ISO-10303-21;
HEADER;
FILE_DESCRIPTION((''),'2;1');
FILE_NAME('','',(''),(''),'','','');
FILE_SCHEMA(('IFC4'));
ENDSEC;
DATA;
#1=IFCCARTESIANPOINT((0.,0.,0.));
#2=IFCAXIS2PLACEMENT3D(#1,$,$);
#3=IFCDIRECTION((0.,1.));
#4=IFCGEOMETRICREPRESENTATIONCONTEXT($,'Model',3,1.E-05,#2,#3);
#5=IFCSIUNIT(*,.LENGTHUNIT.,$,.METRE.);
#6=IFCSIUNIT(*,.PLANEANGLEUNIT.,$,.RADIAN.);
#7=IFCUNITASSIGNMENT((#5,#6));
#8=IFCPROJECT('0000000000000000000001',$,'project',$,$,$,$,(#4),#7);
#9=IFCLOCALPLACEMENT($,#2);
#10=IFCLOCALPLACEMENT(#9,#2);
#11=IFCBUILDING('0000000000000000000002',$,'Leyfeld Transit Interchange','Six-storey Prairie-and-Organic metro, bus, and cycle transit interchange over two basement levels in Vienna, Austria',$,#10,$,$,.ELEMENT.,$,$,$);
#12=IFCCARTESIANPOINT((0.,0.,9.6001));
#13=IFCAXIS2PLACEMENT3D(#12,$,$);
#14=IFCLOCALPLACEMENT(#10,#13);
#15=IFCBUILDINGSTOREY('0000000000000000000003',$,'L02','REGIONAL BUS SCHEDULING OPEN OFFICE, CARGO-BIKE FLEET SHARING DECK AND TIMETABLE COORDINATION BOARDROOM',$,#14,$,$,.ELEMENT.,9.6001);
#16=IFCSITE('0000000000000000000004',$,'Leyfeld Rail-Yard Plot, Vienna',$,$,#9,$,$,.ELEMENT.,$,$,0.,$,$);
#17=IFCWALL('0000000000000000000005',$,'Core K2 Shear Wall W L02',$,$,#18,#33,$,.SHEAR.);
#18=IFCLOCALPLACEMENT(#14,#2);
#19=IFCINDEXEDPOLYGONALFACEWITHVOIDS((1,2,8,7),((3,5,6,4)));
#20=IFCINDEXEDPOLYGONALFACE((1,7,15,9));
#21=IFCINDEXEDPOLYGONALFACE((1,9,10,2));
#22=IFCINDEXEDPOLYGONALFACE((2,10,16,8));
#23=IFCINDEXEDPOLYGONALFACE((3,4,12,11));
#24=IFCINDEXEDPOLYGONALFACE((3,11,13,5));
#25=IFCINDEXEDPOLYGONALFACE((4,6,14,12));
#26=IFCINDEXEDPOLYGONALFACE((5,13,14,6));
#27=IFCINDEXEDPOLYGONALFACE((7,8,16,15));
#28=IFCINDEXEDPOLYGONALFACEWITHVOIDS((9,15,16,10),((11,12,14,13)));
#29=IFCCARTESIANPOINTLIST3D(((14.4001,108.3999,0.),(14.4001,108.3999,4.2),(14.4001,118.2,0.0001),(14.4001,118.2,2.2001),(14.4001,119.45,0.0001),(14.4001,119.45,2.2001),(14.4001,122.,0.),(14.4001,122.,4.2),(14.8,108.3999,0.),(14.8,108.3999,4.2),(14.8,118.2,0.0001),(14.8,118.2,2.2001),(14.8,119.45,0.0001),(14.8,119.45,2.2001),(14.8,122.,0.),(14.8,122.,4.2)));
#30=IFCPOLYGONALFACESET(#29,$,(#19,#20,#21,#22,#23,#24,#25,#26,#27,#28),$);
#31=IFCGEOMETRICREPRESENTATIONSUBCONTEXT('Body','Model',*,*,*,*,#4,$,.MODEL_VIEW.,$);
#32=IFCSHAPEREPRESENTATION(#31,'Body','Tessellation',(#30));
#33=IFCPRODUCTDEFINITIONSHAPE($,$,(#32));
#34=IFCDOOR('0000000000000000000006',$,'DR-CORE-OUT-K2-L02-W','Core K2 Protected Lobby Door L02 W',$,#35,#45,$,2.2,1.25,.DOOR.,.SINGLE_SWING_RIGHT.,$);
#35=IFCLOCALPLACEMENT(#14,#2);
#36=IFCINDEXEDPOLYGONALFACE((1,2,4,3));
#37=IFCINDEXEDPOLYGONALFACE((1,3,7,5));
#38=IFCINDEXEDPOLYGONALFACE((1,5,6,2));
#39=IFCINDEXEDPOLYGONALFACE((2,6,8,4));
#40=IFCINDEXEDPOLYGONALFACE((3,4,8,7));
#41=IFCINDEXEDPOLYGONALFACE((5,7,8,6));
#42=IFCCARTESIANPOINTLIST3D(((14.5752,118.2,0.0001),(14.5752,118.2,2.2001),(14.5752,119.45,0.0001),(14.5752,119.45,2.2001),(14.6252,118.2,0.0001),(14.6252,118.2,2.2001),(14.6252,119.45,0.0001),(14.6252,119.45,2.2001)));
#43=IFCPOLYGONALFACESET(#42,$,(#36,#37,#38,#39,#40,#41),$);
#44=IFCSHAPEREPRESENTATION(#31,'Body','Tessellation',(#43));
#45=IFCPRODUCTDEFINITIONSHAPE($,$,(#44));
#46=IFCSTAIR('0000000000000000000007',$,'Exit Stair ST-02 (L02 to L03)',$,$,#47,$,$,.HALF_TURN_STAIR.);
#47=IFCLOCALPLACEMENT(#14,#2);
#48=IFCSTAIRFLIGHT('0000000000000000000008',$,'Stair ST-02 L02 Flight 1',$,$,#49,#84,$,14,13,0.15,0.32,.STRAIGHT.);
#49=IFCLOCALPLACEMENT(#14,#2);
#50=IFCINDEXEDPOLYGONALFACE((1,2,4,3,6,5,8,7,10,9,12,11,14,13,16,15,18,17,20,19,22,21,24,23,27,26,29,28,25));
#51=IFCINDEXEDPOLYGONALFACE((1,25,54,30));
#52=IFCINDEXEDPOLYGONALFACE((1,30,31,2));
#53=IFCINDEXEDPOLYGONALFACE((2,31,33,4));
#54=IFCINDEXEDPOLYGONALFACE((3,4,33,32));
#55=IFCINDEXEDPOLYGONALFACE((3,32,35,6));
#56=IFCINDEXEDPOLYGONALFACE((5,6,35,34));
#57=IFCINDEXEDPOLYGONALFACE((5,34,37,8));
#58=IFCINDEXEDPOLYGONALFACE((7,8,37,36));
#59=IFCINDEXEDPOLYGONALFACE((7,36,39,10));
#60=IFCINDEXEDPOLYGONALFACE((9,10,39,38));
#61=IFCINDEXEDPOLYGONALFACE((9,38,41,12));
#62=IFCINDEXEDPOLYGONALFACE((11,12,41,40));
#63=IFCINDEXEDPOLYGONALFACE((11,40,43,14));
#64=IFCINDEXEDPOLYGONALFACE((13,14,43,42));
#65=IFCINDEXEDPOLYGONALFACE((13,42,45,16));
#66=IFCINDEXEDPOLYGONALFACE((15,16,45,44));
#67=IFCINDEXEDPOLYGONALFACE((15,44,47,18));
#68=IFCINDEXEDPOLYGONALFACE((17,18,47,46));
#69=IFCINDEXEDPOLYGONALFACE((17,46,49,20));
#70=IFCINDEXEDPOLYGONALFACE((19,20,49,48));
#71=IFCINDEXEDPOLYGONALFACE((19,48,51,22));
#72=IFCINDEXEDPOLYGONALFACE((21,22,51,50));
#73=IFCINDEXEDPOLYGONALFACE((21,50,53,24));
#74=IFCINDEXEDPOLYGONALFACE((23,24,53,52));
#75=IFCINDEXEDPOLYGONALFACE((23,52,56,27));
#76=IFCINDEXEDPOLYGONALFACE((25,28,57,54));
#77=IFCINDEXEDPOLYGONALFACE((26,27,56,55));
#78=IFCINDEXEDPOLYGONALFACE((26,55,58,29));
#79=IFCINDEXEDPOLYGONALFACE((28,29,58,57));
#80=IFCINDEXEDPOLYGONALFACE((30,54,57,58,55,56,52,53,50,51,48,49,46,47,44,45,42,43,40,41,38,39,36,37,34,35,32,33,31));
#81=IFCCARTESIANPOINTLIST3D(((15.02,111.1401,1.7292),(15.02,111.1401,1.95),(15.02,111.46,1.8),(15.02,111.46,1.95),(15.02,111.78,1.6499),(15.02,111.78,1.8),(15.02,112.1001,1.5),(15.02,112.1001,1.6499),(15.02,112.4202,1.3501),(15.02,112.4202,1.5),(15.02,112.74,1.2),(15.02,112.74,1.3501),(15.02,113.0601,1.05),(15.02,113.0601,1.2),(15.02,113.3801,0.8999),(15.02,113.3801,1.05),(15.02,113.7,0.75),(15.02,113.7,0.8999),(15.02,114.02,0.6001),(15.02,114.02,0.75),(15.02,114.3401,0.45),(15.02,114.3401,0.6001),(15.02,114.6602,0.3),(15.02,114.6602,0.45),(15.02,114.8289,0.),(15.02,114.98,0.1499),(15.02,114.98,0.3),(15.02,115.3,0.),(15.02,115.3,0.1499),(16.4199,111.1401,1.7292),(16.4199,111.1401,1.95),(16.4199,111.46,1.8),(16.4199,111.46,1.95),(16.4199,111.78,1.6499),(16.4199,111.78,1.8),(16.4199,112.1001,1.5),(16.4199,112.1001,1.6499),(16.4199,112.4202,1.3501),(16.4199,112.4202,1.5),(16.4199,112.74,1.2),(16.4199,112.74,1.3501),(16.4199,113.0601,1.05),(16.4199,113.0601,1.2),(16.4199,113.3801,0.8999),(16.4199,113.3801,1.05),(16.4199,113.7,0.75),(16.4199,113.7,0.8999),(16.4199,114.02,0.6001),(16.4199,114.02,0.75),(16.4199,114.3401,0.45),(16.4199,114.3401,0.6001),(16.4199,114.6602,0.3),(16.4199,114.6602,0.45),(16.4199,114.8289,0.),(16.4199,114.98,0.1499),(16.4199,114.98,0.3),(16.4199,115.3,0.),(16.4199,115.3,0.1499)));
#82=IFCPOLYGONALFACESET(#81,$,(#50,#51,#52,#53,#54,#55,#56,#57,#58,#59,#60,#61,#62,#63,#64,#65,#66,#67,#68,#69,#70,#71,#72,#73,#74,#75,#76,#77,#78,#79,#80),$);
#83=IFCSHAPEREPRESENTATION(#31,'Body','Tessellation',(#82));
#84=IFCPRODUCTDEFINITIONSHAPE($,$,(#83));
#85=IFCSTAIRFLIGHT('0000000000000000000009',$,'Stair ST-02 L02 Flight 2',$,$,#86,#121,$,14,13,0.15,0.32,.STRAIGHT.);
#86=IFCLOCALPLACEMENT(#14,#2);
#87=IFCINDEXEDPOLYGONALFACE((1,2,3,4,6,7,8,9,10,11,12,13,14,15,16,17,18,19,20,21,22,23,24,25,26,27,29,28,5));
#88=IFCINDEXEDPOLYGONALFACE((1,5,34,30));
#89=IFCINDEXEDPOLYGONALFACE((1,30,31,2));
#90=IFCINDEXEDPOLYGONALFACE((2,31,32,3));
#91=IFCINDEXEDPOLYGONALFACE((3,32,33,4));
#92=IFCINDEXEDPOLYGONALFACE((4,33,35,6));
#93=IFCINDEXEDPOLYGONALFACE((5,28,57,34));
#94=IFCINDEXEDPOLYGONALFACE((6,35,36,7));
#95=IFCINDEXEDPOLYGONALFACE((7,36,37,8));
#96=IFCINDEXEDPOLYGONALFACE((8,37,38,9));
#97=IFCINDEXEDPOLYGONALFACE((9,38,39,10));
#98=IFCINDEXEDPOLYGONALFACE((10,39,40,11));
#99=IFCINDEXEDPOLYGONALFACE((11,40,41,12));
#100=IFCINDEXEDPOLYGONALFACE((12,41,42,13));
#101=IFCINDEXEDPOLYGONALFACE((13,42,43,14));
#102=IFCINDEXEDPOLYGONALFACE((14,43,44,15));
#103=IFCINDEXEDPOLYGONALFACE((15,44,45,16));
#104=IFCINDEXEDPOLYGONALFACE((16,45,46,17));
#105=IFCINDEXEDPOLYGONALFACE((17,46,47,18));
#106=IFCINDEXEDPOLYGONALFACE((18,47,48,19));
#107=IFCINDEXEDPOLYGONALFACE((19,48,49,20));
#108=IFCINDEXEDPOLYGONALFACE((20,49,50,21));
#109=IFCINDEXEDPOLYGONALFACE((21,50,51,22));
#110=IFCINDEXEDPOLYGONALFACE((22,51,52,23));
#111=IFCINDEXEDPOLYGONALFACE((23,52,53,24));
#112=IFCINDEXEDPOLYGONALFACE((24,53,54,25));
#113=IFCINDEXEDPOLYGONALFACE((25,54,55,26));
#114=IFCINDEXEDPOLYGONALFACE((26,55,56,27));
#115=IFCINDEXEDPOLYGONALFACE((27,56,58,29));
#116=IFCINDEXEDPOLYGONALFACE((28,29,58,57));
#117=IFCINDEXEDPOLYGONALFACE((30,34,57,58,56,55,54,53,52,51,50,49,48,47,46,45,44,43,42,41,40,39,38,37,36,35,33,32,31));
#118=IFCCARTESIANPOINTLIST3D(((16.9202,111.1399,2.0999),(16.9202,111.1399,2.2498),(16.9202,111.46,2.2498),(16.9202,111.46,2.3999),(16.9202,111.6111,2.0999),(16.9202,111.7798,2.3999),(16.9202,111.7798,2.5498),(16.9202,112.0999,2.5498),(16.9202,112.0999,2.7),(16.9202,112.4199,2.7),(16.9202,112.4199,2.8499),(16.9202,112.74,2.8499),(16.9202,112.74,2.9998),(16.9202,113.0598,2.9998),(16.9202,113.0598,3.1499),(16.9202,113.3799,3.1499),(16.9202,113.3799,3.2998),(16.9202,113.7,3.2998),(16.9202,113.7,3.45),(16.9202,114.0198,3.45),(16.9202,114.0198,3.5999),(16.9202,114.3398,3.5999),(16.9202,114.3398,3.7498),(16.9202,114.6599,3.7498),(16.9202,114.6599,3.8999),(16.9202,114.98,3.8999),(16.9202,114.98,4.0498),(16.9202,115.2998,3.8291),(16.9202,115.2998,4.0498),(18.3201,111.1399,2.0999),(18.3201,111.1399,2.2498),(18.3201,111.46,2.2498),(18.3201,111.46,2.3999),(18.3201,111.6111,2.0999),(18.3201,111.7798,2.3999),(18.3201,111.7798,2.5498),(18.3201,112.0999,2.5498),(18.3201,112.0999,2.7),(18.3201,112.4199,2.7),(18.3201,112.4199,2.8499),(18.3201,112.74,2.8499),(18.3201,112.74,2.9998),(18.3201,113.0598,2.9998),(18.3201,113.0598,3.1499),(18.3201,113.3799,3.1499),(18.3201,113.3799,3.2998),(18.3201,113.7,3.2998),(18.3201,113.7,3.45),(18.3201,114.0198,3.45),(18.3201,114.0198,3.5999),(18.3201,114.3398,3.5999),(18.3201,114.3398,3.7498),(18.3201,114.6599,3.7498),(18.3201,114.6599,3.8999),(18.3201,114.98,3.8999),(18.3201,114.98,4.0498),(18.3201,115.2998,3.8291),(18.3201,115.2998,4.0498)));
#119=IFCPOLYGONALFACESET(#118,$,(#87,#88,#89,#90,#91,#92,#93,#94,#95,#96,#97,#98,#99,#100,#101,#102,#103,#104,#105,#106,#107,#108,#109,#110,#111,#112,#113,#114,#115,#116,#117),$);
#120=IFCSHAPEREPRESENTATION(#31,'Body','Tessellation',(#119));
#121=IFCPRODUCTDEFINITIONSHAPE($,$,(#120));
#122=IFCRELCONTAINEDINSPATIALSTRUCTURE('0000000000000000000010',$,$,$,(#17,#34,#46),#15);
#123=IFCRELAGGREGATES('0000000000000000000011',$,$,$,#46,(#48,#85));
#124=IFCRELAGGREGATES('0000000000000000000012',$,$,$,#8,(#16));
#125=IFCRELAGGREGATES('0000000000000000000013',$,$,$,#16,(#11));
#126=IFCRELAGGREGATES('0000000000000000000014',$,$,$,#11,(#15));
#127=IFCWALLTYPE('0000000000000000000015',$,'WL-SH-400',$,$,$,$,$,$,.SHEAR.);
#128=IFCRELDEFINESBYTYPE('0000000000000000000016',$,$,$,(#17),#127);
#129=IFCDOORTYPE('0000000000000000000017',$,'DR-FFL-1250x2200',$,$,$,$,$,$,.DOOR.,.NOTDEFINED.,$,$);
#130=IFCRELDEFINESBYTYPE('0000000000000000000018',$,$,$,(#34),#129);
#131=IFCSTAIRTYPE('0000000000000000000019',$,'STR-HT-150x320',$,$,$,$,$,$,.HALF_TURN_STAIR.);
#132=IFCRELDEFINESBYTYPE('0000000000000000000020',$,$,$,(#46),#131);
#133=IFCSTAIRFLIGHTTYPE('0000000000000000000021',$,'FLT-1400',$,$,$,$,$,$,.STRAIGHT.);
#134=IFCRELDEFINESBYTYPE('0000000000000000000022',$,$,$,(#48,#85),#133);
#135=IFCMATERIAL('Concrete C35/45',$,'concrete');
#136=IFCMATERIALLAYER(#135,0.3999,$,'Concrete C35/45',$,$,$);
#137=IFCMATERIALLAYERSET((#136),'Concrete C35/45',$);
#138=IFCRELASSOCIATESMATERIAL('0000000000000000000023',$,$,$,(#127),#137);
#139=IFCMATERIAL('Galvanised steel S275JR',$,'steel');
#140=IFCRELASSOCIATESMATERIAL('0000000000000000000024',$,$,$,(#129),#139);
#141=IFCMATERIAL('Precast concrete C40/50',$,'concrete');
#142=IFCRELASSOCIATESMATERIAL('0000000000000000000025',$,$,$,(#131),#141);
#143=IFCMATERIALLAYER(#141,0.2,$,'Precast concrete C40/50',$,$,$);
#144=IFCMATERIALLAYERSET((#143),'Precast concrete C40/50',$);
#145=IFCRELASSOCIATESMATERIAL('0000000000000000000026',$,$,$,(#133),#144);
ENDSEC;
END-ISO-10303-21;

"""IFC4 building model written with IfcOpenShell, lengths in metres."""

from ifc_helpers import new_model, si_unit, direction, frame, frame_2d, origin, place, context, subcontext, project, spatial, polyline, rectangle, outline, extrude, material, layer, layer_set, type_object, element, fill, aggregate, save


model = new_model("IFC4")

# Units and contexts
model_context = context("Model", 3, precision=1e-05, world=origin(), true_north=direction((0.0, 1.0)))
body_context = subcontext(model_context, "Body", "Model", "MODEL_VIEW")
ifc_project = project(units=[si_unit("LENGTHUNIT", "METRE"), si_unit("PLANEANGLEUNIT", "RADIAN")], contexts=[model_context])

# Site, building, storey
site_placement = place(None, origin())
site = spatial("IfcSite", under=ifc_project, at=site_placement, Name="Leyfeld Rail-Yard Plot, Vienna", CompositionType="ELEMENT", RefElevation=0.0)
building_placement = place(site_placement, origin())
building = spatial("IfcBuilding", under=site, at=building_placement, Name="Leyfeld Transit Interchange", Description="Six-storey Prairie-and-Organic metro, bus, and cycle transit interchange over two basement levels in Vienna, Austria", CompositionType="ELEMENT")
storey_placement = place(building_placement, frame((0.0, 0.0, 9.6001)))
storey = spatial("IfcBuildingStorey", under=building, at=storey_placement, Name="L02", Description="REGIONAL BUS SCHEDULING OPEN OFFICE, CARGO-BIKE FLEET SHARING DECK AND TIMETABLE COORDINATION BOARDROOM", CompositionType="ELEMENT", Elevation=9.6001)

# Shared definitions
ifc_material_1 = material(Name="Concrete C35/45", Category="concrete")

# Shared definitions
ifc_material_2 = material(Name="Galvanised steel S275JR", Category="steel")

# Shared definitions
ifc_layer_1 = layer(ifc_material_1, 0.3999, Name="Concrete C35/45")
ifc_layer_set_1 = layer_set([ifc_layer_1], Name="Concrete C35/45")
wall_type_1 = type_object("IfcWallType", Name="WL-SH-400", PredefinedType="SHEAR", material=ifc_layer_set_1)

# Wall, opening, door
wall_1_placement = place(storey_placement, frame((14.6001, 108.3999, 0.0), z_axis=(0.0, 0.0, 1.0), x_axis=(0.0, 1.0, 0.0)))
wall_1 = element("IfcWall", 1, at=wall_1_placement, inside=storey, type_object=wall_type_1, Name="Core K2 Shear Wall W L02", PredefinedType="SHEAR", context=body_context, shape_type="SweptSolid", body=[
    extrude(rectangle(XDim=13.6001, YDim=0.3999, at=frame_2d((6.8, 0.0))), origin(), (0.0, 0.0, 1.0), 4.2),
])
opening_1_placement = place(wall_1_placement, frame((9.8, 0.0, 0.0)))
opening_1 = element("IfcOpeningElement", 2, at=opening_1_placement, cuts=wall_1, PredefinedType="OPENING", context=body_context, shape_type="SweptSolid", body=[
    extrude(rectangle(XDim=1.25, YDim=2.2, at=frame_2d((0.625, 1.1001))), frame((0.0, 0.21, 0.0), z_axis=(0.0, -1.0, 0.0), x_axis=(1.0, 0.0, 0.0)), (0.0, 0.0, 1.0), 0.4199),
])
door_type_1 = type_object("IfcDoorType", Name="DR-FFL-1250x2200", OperationType="NOTDEFINED", PredefinedType="DOOR", material=ifc_material_2)
door_1_placement = place(opening_1_placement, origin())
door_1 = element("IfcDoor", 3, at=door_1_placement, inside=storey, type_object=door_type_1, Name="DR-CORE-OUT-K2-L02-W", Description="Core K2 Protected Lobby Door L02 W", OperationType="SINGLE_SWING_RIGHT", OverallHeight=2.2, OverallWidth=1.25, PredefinedType="DOOR", context=body_context, shape_type="SweptSolid", body=[
    extrude(rectangle(XDim=1.25, YDim=2.2, at=frame_2d((0.625, 1.1001))), frame((0.0, 0.0249, 0.0), z_axis=(0.0, -1.0, 0.0), x_axis=(1.0, 0.0, 0.0)), (0.0, 0.0, 1.0), 0.05),
])
fill(opening_1, door_1)

# Stair, stair flights
ifc_material_3 = material(Name="Precast concrete C40/50", Category="concrete")
stair_type = type_object("IfcStairType", Name="STR-HT-150x320", PredefinedType="HALF_TURN_STAIR", material=ifc_material_3)
stair_placement = place(storey_placement, origin())
stair = element("IfcStair", 4, at=stair_placement, inside=storey, type_object=stair_type, Name="Exit Stair ST-02 (L02 to L03)", PredefinedType="HALF_TURN_STAIR")
ifc_layer_2 = layer(ifc_material_3, 0.2, Name="Precast concrete C40/50")
ifc_layer_set_2 = layer_set([ifc_layer_2], Name="Precast concrete C40/50")
stair_flight_type = type_object("IfcStairFlightType", Name="FLT-1400", PredefinedType="STRAIGHT", material=ifc_layer_set_2)
stair_flight_1_placement = place(storey_placement, frame((15.72, 115.3, 0.0), z_axis=(0.0, 0.0, 1.0), x_axis=(0.0, -1.0, 0.0)))
stair_flight_1 = element("IfcStairFlight", 5, at=stair_flight_1_placement, type_object=stair_flight_type, Name="Stair ST-02 L02 Flight 1", NumberOfRisers=14, NumberOfTreads=13, PredefinedType="STRAIGHT", RiserHeight=0.15, TreadLength=0.32, context=body_context, shape_type="SweptSolid", body=[
    extrude(outline(polyline([(0.0, 0.0), (0.0, 0.1499), (0.3201, 0.1499), (0.3201, 0.3), (0.6399, 0.3), (0.6399, 0.45), (0.96, 0.45), (0.96, 0.6001), (1.28, 0.6001), (1.28, 0.75), (1.6001, 0.75), (1.6001, 0.8999), (1.9199, 0.8999), (1.9199, 1.05), (2.24, 1.05), (2.24, 1.2), (2.5601, 1.2), (2.5601, 1.3501), (2.8799, 1.3501), (2.8799, 1.5), (3.2, 1.5), (3.2, 1.6499), (3.52, 1.6499), (3.52, 1.8), (3.8401, 1.8), (3.8401, 1.95), (4.1599, 1.95), (4.1599, 2.1001), (4.1599, 1.7292), (0.4712, 0.0), (0.0, 0.0)])), frame((0.0, 0.7, 0.0), z_axis=(0.0, -1.0, 0.0), x_axis=(1.0, 0.0, 0.0)), (0.0, 0.0, 1.0), 1.3999),
])
stair_flight_2_placement = place(storey_placement, frame((17.6201, 111.1399, 2.0999), z_axis=(0.0, 0.0, 1.0), x_axis=(0.0, 1.0, 0.0)))
stair_flight_2 = element("IfcStairFlight", 6, at=stair_flight_2_placement, type_object=stair_flight_type, Name="Stair ST-02 L02 Flight 2", NumberOfRisers=14, NumberOfTreads=13, PredefinedType="STRAIGHT", RiserHeight=0.15, TreadLength=0.32, context=body_context, shape_type="SweptSolid", body=[
    extrude(outline(polyline([(0.0, 0.0), (0.0, 0.1499), (0.3201, 0.1499), (0.3201, 0.3), (0.6399, 0.3), (0.6399, 0.45), (0.96, 0.45), (0.96, 0.6001), (1.28, 0.6001), (1.28, 0.75), (1.6001, 0.75), (1.6001, 0.8999), (1.9199, 0.8999), (1.9199, 1.05), (2.24, 1.05), (2.24, 1.2), (2.5601, 1.2), (2.5601, 1.3501), (2.8799, 1.3501), (2.8799, 1.5), (3.2, 1.5), (3.2, 1.6499), (3.52, 1.6499), (3.52, 1.8), (3.8401, 1.8), (3.8401, 1.95), (4.1599, 1.95), (4.1599, 2.1001), (4.1599, 1.7292), (0.4712, 0.0), (0.0, 0.0)])), frame((0.0, 0.7, 0.0), z_axis=(0.0, -1.0, 0.0), x_axis=(1.0, 0.0, 0.0)), (0.0, 0.0, 1.0), 1.3999),
])
aggregate(stair, [stair_flight_1, stair_flight_2])

save(model, "model.ifc")
